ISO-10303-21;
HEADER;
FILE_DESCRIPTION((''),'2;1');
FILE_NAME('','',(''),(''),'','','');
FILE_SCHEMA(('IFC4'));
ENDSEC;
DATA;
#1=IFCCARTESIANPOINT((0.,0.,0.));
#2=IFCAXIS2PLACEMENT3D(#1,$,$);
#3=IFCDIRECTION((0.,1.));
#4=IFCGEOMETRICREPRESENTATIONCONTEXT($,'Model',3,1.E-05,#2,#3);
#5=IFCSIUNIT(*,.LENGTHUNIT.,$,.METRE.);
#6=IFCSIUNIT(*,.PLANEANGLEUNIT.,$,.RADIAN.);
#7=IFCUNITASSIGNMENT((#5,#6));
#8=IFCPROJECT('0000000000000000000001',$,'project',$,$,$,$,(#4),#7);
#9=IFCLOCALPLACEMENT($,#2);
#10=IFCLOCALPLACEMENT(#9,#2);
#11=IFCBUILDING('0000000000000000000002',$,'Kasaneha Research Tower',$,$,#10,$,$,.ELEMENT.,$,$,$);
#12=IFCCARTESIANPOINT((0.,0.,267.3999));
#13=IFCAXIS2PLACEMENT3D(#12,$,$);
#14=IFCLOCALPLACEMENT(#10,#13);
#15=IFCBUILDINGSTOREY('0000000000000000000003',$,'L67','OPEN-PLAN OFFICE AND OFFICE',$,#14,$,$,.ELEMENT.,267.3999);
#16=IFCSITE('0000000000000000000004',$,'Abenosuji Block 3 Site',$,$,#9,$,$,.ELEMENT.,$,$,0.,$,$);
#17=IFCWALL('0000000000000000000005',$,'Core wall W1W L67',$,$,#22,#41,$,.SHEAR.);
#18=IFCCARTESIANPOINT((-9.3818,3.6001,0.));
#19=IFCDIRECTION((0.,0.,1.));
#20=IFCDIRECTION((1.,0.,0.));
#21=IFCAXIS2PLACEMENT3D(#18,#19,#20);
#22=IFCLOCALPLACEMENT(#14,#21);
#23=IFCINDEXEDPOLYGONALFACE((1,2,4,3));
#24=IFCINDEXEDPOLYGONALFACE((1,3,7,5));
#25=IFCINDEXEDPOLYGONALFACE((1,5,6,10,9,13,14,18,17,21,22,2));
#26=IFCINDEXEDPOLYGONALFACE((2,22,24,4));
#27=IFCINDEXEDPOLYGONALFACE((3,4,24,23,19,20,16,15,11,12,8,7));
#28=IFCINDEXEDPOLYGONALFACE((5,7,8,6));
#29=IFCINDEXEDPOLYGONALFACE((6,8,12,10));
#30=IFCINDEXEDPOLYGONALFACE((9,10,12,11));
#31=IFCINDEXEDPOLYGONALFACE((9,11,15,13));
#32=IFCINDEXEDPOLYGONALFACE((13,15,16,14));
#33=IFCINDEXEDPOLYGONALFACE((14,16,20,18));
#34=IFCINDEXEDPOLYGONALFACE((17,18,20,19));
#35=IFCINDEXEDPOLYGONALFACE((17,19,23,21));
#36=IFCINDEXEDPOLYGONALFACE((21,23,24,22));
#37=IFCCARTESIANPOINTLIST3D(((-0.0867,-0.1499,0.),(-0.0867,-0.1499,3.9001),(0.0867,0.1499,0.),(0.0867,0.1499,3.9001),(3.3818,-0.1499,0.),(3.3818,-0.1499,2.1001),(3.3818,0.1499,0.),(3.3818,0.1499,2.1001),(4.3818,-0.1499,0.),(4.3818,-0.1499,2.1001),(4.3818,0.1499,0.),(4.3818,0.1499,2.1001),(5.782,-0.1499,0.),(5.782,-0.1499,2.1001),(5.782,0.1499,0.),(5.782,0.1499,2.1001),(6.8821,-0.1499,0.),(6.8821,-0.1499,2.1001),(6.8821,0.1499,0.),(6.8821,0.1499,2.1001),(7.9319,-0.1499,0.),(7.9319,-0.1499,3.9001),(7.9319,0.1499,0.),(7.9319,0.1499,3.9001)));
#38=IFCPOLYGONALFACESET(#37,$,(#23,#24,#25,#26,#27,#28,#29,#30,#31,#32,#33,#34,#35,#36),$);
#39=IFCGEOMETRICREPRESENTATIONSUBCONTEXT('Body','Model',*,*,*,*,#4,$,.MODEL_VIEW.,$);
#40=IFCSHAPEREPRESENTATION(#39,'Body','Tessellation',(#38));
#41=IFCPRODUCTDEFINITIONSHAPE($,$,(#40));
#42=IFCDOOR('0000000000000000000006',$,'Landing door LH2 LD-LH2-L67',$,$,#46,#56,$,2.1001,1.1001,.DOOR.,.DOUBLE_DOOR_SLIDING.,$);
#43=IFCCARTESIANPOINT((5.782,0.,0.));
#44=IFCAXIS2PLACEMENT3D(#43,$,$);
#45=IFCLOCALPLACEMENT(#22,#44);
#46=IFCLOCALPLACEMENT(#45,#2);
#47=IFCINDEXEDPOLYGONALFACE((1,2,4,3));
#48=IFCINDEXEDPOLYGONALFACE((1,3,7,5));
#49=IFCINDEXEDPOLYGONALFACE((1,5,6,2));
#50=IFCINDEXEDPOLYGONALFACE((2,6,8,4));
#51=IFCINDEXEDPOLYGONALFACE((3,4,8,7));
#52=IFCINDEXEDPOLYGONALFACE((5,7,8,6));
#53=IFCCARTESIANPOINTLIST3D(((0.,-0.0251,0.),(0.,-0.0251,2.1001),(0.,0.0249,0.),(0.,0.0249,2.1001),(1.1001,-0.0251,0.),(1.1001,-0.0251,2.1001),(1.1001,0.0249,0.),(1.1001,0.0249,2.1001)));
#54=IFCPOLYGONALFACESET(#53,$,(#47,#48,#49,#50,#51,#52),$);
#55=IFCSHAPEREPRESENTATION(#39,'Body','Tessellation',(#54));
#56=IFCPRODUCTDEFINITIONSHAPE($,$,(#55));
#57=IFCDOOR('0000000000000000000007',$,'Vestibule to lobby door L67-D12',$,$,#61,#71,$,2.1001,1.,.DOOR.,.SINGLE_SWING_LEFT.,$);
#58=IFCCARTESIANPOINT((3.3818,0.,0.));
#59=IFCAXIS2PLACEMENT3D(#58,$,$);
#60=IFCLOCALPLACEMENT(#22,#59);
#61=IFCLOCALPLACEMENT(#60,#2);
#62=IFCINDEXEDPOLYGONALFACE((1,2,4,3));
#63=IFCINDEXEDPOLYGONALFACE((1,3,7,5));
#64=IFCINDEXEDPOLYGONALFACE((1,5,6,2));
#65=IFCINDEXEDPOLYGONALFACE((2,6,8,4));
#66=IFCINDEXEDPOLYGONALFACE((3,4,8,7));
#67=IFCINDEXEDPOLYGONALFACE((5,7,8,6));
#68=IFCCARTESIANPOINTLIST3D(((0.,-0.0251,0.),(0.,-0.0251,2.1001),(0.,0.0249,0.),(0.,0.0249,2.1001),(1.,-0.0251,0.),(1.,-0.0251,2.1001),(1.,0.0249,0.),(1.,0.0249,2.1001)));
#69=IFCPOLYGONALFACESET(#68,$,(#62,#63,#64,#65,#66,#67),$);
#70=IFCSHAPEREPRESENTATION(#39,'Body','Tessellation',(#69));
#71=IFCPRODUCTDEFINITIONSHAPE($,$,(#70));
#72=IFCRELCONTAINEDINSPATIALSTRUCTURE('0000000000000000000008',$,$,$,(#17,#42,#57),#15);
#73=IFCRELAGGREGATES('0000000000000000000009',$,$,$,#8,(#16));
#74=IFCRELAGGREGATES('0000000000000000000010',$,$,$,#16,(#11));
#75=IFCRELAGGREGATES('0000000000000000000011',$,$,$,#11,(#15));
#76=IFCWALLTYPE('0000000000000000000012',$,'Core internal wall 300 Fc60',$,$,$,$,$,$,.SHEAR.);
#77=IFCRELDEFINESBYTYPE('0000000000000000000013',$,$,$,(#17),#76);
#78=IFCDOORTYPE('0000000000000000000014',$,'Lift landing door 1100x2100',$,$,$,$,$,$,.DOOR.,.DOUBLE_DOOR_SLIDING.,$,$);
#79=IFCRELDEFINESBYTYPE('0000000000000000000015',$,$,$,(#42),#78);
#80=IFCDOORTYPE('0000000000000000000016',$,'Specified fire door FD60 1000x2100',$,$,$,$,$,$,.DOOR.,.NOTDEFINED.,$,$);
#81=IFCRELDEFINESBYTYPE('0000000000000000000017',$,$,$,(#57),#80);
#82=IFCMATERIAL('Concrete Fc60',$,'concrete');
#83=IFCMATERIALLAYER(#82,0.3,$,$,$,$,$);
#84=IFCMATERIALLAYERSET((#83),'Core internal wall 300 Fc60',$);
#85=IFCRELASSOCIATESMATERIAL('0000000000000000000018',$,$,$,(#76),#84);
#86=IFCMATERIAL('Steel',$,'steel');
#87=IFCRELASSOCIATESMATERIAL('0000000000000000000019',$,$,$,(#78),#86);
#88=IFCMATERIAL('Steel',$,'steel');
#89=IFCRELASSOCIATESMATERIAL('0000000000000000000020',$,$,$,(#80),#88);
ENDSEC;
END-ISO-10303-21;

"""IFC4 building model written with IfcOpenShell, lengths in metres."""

from ifc_helpers import new_model, si_unit, direction, frame, frame_2d, origin, place, context, subcontext, project, spatial, polyline, rectangle, outline, extrude, material, layer, layer_set, type_object, element, fill, save


model = new_model("IFC4")

# Units and contexts
model_context = context("Model", 3, precision=1e-05, world=origin(), true_north=direction((0.0, 1.0)))
body_context = subcontext(model_context, "Body", "Model", "MODEL_VIEW")
ifc_project = project(units=[si_unit("LENGTHUNIT", "METRE"), si_unit("PLANEANGLEUNIT", "RADIAN")], contexts=[model_context])

# Site, building, storey
site_placement = place(None, origin())
site = spatial("IfcSite", under=ifc_project, at=site_placement, Name="Abenosuji Block 3 Site", CompositionType="ELEMENT", RefElevation=0.0)
building_placement = place(site_placement, origin())
building = spatial("IfcBuilding", under=site, at=building_placement, Name="Kasaneha Research Tower", CompositionType="ELEMENT")
storey_placement = place(building_placement, frame((0.0, 0.0, 267.3999)))
storey = spatial("IfcBuildingStorey", under=building, at=storey_placement, Name="L67", Description="OPEN-PLAN OFFICE AND OFFICE", CompositionType="ELEMENT", Elevation=267.3999)

# Wall, openings, doors
ifc_material_1 = material(Name="Concrete Fc60", Category="concrete")
ifc_layer_1 = layer(ifc_material_1, 0.3)
ifc_layer_set_1 = layer_set([ifc_layer_1], Name="Core internal wall 300 Fc60")
wall_type_1 = type_object("IfcWallType", Name="Core internal wall 300 Fc60", PredefinedType="SHEAR", material=ifc_layer_set_1)
wall_1_placement = place(storey_placement, frame((-9.3818, 3.6001, 0.0), z_axis=(0.0, 0.0, 1.0), x_axis=(1.0, 0.0, 0.0)))
wall_1 = element("IfcWall", 1, at=wall_1_placement, inside=storey, type_object=wall_type_1, Name="Core wall W1W L67", PredefinedType="SHEAR", context=body_context, shape_type="SweptSolid", body=[
    extrude(outline(polyline([(-0.0867, -0.1499), (3.3818, -0.1499), (4.3818, -0.1499), (5.782, -0.1499), (6.8821, -0.1499), (7.9319, -0.1499), (7.9319, 0.1499), (6.8821, 0.1499), (5.782, 0.1499), (4.3818, 0.1499), (3.3818, 0.1499), (0.0867, 0.1499), (-0.0867, -0.1499)])), origin(), (0.0, 0.0, 1.0), 3.9001),
])
opening_1_placement = place(wall_1_placement, frame((3.3818, 0.0, 0.0)))
opening_1 = element("IfcOpeningElement", 2, at=opening_1_placement, cuts=wall_1, PredefinedType="OPENING", context=body_context, shape_type="SweptSolid", body=[
    extrude(rectangle(XDim=1.0, YDim=2.1001, at=frame_2d((0.5, 1.05))), frame((0.0, 0.1602, 0.0), z_axis=(0.0, -1.0, 0.0), x_axis=(1.0, 0.0, 0.0)), (0.0, 0.0, 1.0), 0.3201),
])
opening_2_placement = place(wall_1_placement, frame((5.782, 0.0, 0.0)))
opening_2 = element("IfcOpeningElement", 3, at=opening_2_placement, cuts=wall_1, PredefinedType="OPENING", context=body_context, shape_type="SweptSolid", body=[
    extrude(rectangle(XDim=1.1001, YDim=2.1001, at=frame_2d((0.55, 1.05))), frame((0.0, 0.1602, 0.0), z_axis=(0.0, -1.0, 0.0), x_axis=(1.0, 0.0, 0.0)), (0.0, 0.0, 1.0), 0.3201),
])
ifc_material_2 = material(Name="Steel", Category="steel")
door_type_1 = type_object("IfcDoorType", Name="Lift landing door 1100x2100", OperationType="DOUBLE_DOOR_SLIDING", PredefinedType="DOOR", material=ifc_material_2)
door_1_placement = place(opening_2_placement, origin())
door_1 = element("IfcDoor", 4, at=door_1_placement, inside=storey, type_object=door_type_1, Name="Landing door LH2 LD-LH2-L67", OperationType="DOUBLE_DOOR_SLIDING", OverallHeight=2.1001, OverallWidth=1.1001, PredefinedType="DOOR", context=body_context, shape_type="SweptSolid", body=[
    extrude(rectangle(XDim=1.1001, YDim=2.1001, at=frame_2d((0.55, 1.05))), frame((0.0, 0.0249, 0.0), z_axis=(0.0, -1.0, 0.0), x_axis=(1.0, 0.0, 0.0)), (0.0, 0.0, 1.0), 0.05),
])
fill(opening_2, door_1)
ifc_material_3 = material(Name="Steel", Category="steel")
door_type_2 = type_object("IfcDoorType", Name="Specified fire door FD60 1000x2100", OperationType="NOTDEFINED", PredefinedType="DOOR", material=ifc_material_3)
door_2_placement = place(opening_1_placement, origin())
door_2 = element("IfcDoor", 5, at=door_2_placement, inside=storey, type_object=door_type_2, Name="Vestibule to lobby door L67-D12", OperationType="SINGLE_SWING_LEFT", OverallHeight=2.1001, OverallWidth=1.0, PredefinedType="DOOR", context=body_context, shape_type="SweptSolid", body=[
    extrude(rectangle(XDim=1.0, YDim=2.1001, at=frame_2d((0.5, 1.05))), frame((0.0, 0.0249, 0.0), z_axis=(0.0, -1.0, 0.0), x_axis=(1.0, 0.0, 0.0)), (0.0, 0.0, 1.0), 0.05),
])
fill(opening_1, door_2)

save(model, "model.ifc")
